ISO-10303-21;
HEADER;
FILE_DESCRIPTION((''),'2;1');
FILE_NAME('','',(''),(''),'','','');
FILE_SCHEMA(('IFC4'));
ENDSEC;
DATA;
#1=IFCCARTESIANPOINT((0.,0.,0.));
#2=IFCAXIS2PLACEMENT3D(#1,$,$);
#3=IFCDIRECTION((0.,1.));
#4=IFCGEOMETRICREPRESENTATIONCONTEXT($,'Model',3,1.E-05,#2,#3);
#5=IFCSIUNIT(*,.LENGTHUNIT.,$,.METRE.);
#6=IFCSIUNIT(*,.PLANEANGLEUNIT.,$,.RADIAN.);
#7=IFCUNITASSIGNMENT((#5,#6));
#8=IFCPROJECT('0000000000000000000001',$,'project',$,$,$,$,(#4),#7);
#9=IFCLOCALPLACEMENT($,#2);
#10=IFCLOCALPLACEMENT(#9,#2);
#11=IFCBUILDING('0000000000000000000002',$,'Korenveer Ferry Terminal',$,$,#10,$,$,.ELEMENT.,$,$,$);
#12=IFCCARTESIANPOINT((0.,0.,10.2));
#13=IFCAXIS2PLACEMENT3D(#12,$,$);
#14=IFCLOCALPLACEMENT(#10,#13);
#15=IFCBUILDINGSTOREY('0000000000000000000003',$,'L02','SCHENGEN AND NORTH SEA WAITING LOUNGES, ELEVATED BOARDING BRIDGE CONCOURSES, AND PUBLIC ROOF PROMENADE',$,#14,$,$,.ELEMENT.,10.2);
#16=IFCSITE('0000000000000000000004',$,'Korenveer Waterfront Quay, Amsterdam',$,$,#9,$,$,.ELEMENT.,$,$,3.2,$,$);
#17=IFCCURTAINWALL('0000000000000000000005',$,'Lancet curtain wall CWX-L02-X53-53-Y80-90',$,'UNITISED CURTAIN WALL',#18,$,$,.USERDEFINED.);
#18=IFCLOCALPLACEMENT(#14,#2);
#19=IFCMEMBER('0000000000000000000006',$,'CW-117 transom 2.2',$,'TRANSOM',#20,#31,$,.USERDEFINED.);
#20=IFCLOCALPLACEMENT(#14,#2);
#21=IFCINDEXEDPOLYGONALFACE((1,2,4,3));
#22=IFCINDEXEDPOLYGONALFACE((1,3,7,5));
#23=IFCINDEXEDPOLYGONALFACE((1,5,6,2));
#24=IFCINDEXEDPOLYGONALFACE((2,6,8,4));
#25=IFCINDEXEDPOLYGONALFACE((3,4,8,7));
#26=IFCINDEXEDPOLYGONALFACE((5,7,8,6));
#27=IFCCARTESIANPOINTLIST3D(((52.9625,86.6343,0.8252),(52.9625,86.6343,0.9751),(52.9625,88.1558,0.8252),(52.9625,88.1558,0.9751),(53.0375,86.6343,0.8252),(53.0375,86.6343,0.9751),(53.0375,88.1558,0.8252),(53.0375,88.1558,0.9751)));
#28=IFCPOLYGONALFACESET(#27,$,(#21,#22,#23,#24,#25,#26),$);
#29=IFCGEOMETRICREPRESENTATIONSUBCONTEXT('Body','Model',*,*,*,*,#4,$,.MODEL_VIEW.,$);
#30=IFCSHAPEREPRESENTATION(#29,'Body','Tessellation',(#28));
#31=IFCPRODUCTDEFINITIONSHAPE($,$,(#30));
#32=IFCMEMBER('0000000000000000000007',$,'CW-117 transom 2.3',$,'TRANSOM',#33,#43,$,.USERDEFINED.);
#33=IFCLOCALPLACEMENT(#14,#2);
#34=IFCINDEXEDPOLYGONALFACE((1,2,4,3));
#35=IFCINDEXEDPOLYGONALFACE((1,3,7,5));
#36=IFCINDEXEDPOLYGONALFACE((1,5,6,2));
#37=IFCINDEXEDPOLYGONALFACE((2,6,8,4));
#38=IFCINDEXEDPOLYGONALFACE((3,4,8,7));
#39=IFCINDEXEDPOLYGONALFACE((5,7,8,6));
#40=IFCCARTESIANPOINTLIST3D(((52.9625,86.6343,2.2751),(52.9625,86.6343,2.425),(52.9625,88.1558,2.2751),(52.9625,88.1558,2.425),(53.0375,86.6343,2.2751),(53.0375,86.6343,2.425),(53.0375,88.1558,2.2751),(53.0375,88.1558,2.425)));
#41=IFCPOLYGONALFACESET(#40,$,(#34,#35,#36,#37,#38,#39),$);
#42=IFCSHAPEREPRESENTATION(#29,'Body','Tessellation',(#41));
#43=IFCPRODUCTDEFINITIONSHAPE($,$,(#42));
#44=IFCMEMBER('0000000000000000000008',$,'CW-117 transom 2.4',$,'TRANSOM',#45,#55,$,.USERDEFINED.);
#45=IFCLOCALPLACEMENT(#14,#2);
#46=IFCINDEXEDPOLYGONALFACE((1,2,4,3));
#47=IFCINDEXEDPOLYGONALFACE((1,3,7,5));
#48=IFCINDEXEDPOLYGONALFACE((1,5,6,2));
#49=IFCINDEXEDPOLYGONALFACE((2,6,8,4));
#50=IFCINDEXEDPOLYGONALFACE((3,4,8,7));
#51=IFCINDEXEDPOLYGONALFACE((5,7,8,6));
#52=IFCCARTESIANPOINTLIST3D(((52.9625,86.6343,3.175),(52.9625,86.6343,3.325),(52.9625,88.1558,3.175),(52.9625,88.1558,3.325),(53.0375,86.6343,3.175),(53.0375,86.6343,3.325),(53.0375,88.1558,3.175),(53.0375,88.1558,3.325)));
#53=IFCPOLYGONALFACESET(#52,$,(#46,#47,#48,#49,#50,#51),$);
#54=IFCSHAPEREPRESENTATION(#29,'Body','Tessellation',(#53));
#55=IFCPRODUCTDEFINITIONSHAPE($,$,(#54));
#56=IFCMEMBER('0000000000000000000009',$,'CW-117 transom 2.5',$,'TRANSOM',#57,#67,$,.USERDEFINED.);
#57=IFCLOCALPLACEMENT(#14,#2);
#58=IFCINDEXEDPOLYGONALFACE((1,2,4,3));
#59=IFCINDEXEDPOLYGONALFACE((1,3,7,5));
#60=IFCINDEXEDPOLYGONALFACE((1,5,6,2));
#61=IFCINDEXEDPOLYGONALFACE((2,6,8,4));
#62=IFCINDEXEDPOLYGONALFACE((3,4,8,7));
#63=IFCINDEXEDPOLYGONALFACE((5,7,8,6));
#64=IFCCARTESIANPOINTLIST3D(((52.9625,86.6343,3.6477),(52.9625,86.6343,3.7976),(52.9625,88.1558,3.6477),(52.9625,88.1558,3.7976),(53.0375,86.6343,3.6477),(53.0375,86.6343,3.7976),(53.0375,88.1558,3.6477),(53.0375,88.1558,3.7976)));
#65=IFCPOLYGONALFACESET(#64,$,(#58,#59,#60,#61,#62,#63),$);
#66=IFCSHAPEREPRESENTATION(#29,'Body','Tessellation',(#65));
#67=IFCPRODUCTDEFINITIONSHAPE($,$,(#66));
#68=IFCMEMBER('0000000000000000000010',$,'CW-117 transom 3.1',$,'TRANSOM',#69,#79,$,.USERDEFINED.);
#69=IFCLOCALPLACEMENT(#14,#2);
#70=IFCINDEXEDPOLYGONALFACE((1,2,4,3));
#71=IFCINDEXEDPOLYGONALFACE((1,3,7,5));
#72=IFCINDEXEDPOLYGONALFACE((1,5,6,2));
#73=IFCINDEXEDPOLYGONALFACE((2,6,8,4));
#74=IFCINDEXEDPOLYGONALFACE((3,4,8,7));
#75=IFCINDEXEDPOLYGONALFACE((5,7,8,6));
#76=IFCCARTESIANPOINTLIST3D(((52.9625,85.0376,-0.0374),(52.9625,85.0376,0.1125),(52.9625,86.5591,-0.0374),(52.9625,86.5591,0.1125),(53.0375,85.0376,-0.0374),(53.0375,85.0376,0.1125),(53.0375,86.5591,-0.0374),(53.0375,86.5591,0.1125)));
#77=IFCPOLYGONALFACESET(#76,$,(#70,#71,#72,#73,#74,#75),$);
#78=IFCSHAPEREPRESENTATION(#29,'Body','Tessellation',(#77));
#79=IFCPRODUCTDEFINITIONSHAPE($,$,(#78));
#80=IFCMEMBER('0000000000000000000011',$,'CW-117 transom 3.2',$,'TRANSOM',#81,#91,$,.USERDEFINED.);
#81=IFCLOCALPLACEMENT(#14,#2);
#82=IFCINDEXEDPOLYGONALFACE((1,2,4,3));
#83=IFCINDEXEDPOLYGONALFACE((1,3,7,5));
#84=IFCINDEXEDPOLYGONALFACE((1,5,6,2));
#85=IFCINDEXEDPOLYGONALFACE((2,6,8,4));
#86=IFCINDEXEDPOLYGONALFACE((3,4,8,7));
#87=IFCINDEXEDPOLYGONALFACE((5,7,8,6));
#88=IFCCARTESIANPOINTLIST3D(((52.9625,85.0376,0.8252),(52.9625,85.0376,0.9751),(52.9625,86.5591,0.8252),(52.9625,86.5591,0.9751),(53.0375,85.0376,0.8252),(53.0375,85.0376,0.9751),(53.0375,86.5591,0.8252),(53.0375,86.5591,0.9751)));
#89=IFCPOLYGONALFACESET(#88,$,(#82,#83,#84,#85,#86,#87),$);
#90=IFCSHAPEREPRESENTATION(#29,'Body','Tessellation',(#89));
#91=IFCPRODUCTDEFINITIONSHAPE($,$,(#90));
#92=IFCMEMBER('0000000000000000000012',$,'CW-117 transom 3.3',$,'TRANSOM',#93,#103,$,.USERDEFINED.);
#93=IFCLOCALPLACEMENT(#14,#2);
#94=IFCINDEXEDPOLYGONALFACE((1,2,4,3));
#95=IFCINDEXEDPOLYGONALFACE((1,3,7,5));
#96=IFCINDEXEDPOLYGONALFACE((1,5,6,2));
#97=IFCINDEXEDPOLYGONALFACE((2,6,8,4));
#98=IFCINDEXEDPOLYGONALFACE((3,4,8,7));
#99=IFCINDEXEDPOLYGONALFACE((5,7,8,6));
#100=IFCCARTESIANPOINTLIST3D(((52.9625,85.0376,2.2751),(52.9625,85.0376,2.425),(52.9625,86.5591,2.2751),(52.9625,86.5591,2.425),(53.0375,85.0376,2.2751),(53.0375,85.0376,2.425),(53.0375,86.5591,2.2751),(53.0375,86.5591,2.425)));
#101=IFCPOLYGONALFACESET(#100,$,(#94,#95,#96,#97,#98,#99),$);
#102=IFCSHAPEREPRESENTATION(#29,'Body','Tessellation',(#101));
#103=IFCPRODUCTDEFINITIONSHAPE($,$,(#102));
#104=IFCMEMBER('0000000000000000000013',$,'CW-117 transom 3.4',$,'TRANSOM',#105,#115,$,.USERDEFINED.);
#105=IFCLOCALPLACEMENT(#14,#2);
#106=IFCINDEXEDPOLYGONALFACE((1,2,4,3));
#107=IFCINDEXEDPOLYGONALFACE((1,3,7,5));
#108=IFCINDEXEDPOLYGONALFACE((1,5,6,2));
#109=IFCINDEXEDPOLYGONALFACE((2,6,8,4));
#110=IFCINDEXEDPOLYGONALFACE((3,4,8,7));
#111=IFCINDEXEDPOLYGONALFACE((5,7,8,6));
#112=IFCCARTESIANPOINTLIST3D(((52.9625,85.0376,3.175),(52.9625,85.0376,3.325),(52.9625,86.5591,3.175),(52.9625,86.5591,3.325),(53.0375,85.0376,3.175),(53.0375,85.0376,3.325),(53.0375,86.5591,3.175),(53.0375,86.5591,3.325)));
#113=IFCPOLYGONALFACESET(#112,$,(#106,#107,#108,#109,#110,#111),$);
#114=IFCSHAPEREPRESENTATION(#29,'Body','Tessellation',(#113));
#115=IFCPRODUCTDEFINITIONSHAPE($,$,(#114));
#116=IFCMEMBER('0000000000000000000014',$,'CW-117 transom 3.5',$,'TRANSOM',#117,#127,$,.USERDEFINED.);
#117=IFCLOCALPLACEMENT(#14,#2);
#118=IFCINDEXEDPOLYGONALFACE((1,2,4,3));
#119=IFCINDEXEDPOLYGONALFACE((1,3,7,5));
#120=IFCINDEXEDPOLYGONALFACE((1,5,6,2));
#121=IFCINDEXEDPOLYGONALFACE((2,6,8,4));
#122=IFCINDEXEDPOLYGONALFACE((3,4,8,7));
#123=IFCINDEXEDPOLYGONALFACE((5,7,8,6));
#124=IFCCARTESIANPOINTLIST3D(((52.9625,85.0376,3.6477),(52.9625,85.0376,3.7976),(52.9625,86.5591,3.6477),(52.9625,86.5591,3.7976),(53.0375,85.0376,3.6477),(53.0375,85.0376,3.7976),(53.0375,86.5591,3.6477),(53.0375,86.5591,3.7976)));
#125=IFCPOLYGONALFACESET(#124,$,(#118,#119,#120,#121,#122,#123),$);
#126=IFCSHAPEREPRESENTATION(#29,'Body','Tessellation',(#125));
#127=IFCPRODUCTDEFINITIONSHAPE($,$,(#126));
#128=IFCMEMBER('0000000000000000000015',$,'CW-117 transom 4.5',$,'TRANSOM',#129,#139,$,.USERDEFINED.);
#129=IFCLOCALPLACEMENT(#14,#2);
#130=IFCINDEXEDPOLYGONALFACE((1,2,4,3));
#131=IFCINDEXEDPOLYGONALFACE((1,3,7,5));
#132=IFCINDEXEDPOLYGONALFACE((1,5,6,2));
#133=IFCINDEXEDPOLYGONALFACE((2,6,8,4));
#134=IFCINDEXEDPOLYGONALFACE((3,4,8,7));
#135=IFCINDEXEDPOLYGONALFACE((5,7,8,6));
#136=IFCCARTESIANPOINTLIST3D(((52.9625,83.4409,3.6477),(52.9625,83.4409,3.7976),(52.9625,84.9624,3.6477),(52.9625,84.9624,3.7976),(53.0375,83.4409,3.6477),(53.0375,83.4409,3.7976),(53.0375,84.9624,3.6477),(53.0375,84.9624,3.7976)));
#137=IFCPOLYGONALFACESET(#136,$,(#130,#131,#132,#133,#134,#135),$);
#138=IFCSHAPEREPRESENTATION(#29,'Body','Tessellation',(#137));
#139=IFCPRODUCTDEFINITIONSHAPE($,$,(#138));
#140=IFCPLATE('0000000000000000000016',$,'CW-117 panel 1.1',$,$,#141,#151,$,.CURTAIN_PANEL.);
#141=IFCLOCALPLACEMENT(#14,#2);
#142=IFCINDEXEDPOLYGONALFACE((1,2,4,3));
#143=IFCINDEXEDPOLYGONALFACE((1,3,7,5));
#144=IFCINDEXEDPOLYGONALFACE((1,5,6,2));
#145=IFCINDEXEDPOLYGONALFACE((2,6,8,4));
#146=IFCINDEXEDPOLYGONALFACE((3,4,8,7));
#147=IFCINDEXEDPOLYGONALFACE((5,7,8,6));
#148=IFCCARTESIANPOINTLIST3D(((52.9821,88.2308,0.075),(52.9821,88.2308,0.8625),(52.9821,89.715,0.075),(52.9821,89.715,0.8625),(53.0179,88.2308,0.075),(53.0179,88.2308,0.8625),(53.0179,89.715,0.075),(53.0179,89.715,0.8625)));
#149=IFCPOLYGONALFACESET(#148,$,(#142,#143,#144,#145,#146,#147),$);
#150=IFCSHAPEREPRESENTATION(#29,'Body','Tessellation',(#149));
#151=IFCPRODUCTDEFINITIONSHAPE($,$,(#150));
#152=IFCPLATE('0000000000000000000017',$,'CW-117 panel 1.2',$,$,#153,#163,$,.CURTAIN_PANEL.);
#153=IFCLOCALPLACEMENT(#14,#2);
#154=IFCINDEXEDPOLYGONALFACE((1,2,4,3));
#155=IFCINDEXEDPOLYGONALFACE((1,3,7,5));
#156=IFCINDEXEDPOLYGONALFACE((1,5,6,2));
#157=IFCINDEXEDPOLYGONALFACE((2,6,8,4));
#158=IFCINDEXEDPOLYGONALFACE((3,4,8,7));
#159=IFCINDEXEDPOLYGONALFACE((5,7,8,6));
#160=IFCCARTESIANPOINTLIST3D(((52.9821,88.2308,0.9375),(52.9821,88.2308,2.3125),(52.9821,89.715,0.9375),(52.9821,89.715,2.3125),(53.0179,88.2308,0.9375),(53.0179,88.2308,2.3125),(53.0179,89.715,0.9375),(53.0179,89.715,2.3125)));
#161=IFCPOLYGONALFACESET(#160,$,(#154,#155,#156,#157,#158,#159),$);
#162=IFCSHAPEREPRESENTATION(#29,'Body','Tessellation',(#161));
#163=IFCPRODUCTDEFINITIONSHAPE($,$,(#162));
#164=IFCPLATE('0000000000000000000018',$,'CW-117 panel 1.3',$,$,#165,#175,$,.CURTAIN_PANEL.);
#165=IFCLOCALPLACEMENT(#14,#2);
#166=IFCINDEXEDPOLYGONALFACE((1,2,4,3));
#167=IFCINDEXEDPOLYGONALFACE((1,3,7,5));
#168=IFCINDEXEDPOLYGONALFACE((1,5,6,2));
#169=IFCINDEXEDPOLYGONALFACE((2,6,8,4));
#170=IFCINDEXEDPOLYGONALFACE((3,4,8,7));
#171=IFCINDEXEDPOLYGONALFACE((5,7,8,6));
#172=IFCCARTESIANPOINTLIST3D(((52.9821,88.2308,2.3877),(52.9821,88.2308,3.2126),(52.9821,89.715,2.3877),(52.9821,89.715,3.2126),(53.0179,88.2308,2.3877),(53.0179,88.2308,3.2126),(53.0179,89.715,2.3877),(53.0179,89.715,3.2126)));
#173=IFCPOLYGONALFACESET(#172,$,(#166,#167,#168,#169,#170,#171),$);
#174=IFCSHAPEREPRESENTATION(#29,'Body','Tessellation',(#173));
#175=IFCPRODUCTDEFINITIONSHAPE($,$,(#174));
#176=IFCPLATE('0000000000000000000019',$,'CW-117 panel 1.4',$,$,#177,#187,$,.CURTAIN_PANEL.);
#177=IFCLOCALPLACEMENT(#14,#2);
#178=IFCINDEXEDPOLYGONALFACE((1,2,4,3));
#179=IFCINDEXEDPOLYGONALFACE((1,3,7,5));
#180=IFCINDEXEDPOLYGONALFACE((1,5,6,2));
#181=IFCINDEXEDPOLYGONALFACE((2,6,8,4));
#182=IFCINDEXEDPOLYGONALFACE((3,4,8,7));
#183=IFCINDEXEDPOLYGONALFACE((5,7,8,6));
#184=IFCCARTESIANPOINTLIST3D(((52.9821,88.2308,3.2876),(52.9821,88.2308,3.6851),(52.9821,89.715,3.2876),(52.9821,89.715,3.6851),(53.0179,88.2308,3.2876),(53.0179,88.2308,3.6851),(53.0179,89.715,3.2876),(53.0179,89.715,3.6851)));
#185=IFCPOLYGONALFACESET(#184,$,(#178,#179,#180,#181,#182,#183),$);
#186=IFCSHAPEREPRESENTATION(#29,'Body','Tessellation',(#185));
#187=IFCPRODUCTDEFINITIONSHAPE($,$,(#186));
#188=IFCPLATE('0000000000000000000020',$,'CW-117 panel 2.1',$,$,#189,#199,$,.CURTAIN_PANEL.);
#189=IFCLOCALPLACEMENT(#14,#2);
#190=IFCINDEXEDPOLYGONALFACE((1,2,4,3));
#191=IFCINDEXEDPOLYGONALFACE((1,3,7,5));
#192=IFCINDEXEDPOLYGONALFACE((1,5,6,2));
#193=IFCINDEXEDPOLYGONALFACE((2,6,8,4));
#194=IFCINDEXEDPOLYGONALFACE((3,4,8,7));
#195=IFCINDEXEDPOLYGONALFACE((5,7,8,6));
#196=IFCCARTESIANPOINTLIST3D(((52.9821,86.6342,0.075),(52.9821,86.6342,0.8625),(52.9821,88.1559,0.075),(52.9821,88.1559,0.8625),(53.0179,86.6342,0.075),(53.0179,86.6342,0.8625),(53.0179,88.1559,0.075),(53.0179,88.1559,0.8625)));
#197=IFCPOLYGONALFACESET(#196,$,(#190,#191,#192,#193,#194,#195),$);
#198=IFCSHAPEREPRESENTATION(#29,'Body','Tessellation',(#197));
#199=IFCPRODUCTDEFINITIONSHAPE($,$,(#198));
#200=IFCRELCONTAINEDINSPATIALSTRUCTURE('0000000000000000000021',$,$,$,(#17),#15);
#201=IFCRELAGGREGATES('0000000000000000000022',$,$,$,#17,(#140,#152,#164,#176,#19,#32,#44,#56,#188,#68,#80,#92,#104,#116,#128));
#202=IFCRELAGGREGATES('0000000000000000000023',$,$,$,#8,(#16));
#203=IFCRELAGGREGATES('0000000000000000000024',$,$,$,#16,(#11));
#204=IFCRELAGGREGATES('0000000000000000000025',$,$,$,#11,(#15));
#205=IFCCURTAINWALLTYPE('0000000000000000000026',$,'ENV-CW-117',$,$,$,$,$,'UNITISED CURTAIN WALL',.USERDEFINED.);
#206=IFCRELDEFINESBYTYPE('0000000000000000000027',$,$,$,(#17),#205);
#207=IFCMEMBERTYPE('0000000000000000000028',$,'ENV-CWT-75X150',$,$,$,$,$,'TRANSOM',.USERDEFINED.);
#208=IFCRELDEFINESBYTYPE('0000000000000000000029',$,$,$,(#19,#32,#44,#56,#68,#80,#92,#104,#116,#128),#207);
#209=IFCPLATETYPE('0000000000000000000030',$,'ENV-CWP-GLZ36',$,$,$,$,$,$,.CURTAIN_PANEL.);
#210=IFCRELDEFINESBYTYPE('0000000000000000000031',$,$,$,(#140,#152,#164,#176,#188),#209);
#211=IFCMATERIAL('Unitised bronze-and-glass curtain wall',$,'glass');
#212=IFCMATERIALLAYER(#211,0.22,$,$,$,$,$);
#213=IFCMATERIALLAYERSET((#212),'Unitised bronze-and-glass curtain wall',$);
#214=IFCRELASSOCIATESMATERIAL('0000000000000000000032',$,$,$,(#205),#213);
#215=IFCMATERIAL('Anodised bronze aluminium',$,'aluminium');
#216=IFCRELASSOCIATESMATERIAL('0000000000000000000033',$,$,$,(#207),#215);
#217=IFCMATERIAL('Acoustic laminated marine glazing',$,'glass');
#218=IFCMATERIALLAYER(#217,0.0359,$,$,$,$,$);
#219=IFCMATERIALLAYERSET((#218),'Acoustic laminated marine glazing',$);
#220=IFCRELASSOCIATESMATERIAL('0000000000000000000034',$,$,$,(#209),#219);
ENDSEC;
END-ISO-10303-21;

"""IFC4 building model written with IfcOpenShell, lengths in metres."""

from ifc_helpers import new_model, si_unit, direction, frame, origin, origin_2d, place, context, subcontext, project, spatial, rectangle, extrude, material, layer, layer_set, material_profile, profile_set, type_object, element, aggregate, save


model = new_model("IFC4")

# Units and contexts
model_context = context("Model", 3, precision=1e-05, world=origin(), true_north=direction((0.0, 1.0)))
body_context = subcontext(model_context, "Body", "Model", "MODEL_VIEW")
ifc_project = project(units=[si_unit("LENGTHUNIT", "METRE"), si_unit("PLANEANGLEUNIT", "RADIAN")], contexts=[model_context])

# Site, building, storey
site_placement = place(None, origin())
site = spatial("IfcSite", under=ifc_project, at=site_placement, Name="Korenveer Waterfront Quay, Amsterdam", CompositionType="ELEMENT", RefElevation=3.2)
building_placement = place(site_placement, origin())
building = spatial("IfcBuilding", under=site, at=building_placement, Name="Korenveer Ferry Terminal", CompositionType="ELEMENT")
storey_placement = place(building_placement, frame((0.0, 0.0, 10.2)))
storey = spatial("IfcBuildingStorey", under=building, at=storey_placement, Name="L02", Description="SCHENGEN AND NORTH SEA WAITING LOUNGES, ELEVATED BOARDING BRIDGE CONCOURSES, AND PUBLIC ROOF PROMENADE", CompositionType="ELEMENT", Elevation=10.2)

# Curtain wall
ifc_material_1 = material(Name="Unitised bronze-and-glass curtain wall", Category="glass")
ifc_layer_1 = layer(ifc_material_1, 0.22)
ifc_layer_set_1 = layer_set([ifc_layer_1], Name="Unitised bronze-and-glass curtain wall")
curtain_wall_type_1 = type_object("IfcCurtainWallType", Name="ENV-CW-117", ElementType="UNITISED CURTAIN WALL", PredefinedType="USERDEFINED", material=ifc_layer_set_1)
curtain_wall_1_placement = place(storey_placement, frame((53.0, 89.79, 0.0)))
curtain_wall_1 = element("IfcCurtainWall", 1, at=curtain_wall_1_placement, inside=storey, type_object=curtain_wall_type_1, Name="Lancet curtain wall CWX-L02-X53-53-Y80-90", ObjectType="UNITISED CURTAIN WALL", PredefinedType="USERDEFINED")
ifc_material_2 = material(Name="Anodised bronze aluminium", Category="aluminium")

# Members
ifc_material_profile_1 = material_profile(ifc_material_2, rectangle(XDim=0.075, YDim=0.1499, at=origin_2d()), Name="ALU 75x150")
ifc_profile_set_1 = profile_set([ifc_material_profile_1], Name="Anodised bronze aluminium")
member_type_1 = type_object("IfcMemberType", Name="ENV-CWT-75X150", ElementType="TRANSOM", PredefinedType="USERDEFINED", material=ifc_profile_set_1)
member_1_placement = place(storey_placement, frame((53.0, 88.1558, 0.9001), z_axis=(0.0, -1.0, 0.0), x_axis=(1.0, 0.0, 0.0)))
member_1 = element("IfcMember", 2, at=member_1_placement, type_object=member_type_1, Name="CW-117 transom 2.2", ObjectType="TRANSOM", PredefinedType="USERDEFINED", context=body_context, shape_type="SweptSolid", body=[
    extrude(rectangle(XDim=0.075, YDim=0.1499, at=origin_2d()), origin(), (0.0, 0.0, 1.0), 1.5215),
])
member_2_placement = place(storey_placement, frame((53.0, 88.1558, 2.3501), z_axis=(0.0, -1.0, 0.0), x_axis=(1.0, 0.0, 0.0)))
member_2 = element("IfcMember", 3, at=member_2_placement, type_object=member_type_1, Name="CW-117 transom 2.3", ObjectType="TRANSOM", PredefinedType="USERDEFINED", context=body_context, shape_type="SweptSolid", body=[
    extrude(rectangle(XDim=0.075, YDim=0.1499, at=origin_2d()), origin(), (0.0, 0.0, 1.0), 1.5215),
])
member_3_placement = place(storey_placement, frame((53.0, 88.1558, 3.25), z_axis=(0.0, -1.0, 0.0), x_axis=(1.0, 0.0, 0.0)))
member_3 = element("IfcMember", 4, at=member_3_placement, type_object=member_type_1, Name="CW-117 transom 2.4", ObjectType="TRANSOM", PredefinedType="USERDEFINED", context=body_context, shape_type="SweptSolid", body=[
    extrude(rectangle(XDim=0.075, YDim=0.1499, at=origin_2d()), origin(), (0.0, 0.0, 1.0), 1.5215),
])
member_4_placement = place(storey_placement, frame((53.0, 88.1558, 3.7227), z_axis=(0.0, -1.0, 0.0), x_axis=(1.0, 0.0, 0.0)))
member_4 = element("IfcMember", 5, at=member_4_placement, type_object=member_type_1, Name="CW-117 transom 2.5", ObjectType="TRANSOM", PredefinedType="USERDEFINED", context=body_context, shape_type="SweptSolid", body=[
    extrude(rectangle(XDim=0.075, YDim=0.1499, at=origin_2d()), origin(), (0.0, 0.0, 1.0), 1.5215),
])
member_5_placement = place(storey_placement, frame((53.0, 86.5591, 0.0376), z_axis=(0.0, -1.0, 0.0), x_axis=(1.0, 0.0, 0.0)))
member_5 = element("IfcMember", 6, at=member_5_placement, type_object=member_type_1, Name="CW-117 transom 3.1", ObjectType="TRANSOM", PredefinedType="USERDEFINED", context=body_context, shape_type="SweptSolid", body=[
    extrude(rectangle(XDim=0.075, YDim=0.1499, at=origin_2d()), origin(), (0.0, 0.0, 1.0), 1.5215),
])
member_6_placement = place(storey_placement, frame((53.0, 86.5591, 0.9001), z_axis=(0.0, -1.0, 0.0), x_axis=(1.0, 0.0, 0.0)))
member_6 = element("IfcMember", 7, at=member_6_placement, type_object=member_type_1, Name="CW-117 transom 3.2", ObjectType="TRANSOM", PredefinedType="USERDEFINED", context=body_context, shape_type="SweptSolid", body=[
    extrude(rectangle(XDim=0.075, YDim=0.1499, at=origin_2d()), origin(), (0.0, 0.0, 1.0), 1.5215),
])
member_7_placement = place(storey_placement, frame((53.0, 86.5591, 2.3501), z_axis=(0.0, -1.0, 0.0), x_axis=(1.0, 0.0, 0.0)))
member_7 = element("IfcMember", 8, at=member_7_placement, type_object=member_type_1, Name="CW-117 transom 3.3", ObjectType="TRANSOM", PredefinedType="USERDEFINED", context=body_context, shape_type="SweptSolid", body=[
    extrude(rectangle(XDim=0.075, YDim=0.1499, at=origin_2d()), origin(), (0.0, 0.0, 1.0), 1.5215),
])
member_8_placement = place(storey_placement, frame((53.0, 86.5591, 3.25), z_axis=(0.0, -1.0, 0.0), x_axis=(1.0, 0.0, 0.0)))
member_8 = element("IfcMember", 9, at=member_8_placement, type_object=member_type_1, Name="CW-117 transom 3.4", ObjectType="TRANSOM", PredefinedType="USERDEFINED", context=body_context, shape_type="SweptSolid", body=[
    extrude(rectangle(XDim=0.075, YDim=0.1499, at=origin_2d()), origin(), (0.0, 0.0, 1.0), 1.5215),
])
member_9_placement = place(storey_placement, frame((53.0, 86.5591, 3.7227), z_axis=(0.0, -1.0, 0.0), x_axis=(1.0, 0.0, 0.0)))
member_9 = element("IfcMember", 10, at=member_9_placement, type_object=member_type_1, Name="CW-117 transom 3.5", ObjectType="TRANSOM", PredefinedType="USERDEFINED", context=body_context, shape_type="SweptSolid", body=[
    extrude(rectangle(XDim=0.075, YDim=0.1499, at=origin_2d()), origin(), (0.0, 0.0, 1.0), 1.5215),
])
member_10_placement = place(storey_placement, frame((53.0, 84.9624, 3.7227), z_axis=(0.0, -1.0, 0.0), x_axis=(1.0, 0.0, 0.0)))
member_10 = element("IfcMember", 11, at=member_10_placement, type_object=member_type_1, Name="CW-117 transom 4.5", ObjectType="TRANSOM", PredefinedType="USERDEFINED", context=body_context, shape_type="SweptSolid", body=[
    extrude(rectangle(XDim=0.075, YDim=0.1499, at=origin_2d()), origin(), (0.0, 0.0, 1.0), 1.5215),
])

# Plates
ifc_material_3 = material(Name="Acoustic laminated marine glazing", Category="glass")
ifc_layer_2 = layer(ifc_material_3, 0.0359)
ifc_layer_set_2 = layer_set([ifc_layer_2], Name="Acoustic laminated marine glazing")
plate_type = type_object("IfcPlateType", Name="ENV-CWP-GLZ36", PredefinedType="CURTAIN_PANEL", material=ifc_layer_set_2)
plate_1_placement = place(storey_placement, frame((53.0, 88.9729, 0.075), z_axis=(0.0, 0.0, 1.0), x_axis=(0.0, -1.0, 0.0)))
plate_1 = element("IfcPlate", 12, at=plate_1_placement, type_object=plate_type, Name="CW-117 panel 1.1", PredefinedType="CURTAIN_PANEL", context=body_context, shape_type="SweptSolid", body=[
    extrude(rectangle(XDim=1.4841, YDim=0.0359, at=origin_2d()), origin(), (0.0, 0.0, 1.0), 0.7876),
])
plate_2_placement = place(storey_placement, frame((53.0, 88.9729, 0.9375), z_axis=(0.0, 0.0, 1.0), x_axis=(0.0, -1.0, 0.0)))
plate_2 = element("IfcPlate", 13, at=plate_2_placement, type_object=plate_type, Name="CW-117 panel 1.2", PredefinedType="CURTAIN_PANEL", context=body_context, shape_type="SweptSolid", body=[
    extrude(rectangle(XDim=1.4841, YDim=0.0359, at=origin_2d()), origin(), (0.0, 0.0, 1.0), 1.375),
])
plate_3_placement = place(storey_placement, frame((53.0, 88.9729, 2.3877), z_axis=(0.0, 0.0, 1.0), x_axis=(0.0, -1.0, 0.0)))
plate_3 = element("IfcPlate", 14, at=plate_3_placement, type_object=plate_type, Name="CW-117 panel 1.3", PredefinedType="CURTAIN_PANEL", context=body_context, shape_type="SweptSolid", body=[
    extrude(rectangle(XDim=1.4841, YDim=0.0359, at=origin_2d()), origin(), (0.0, 0.0, 1.0), 0.825),
])
plate_4_placement = place(storey_placement, frame((53.0, 88.9729, 3.2876), z_axis=(0.0, 0.0, 1.0), x_axis=(0.0, -1.0, 0.0)))
plate_4 = element("IfcPlate", 15, at=plate_4_placement, type_object=plate_type, Name="CW-117 panel 1.4", PredefinedType="CURTAIN_PANEL", context=body_context, shape_type="SweptSolid", body=[
    extrude(rectangle(XDim=1.4841, YDim=0.0359, at=origin_2d()), origin(), (0.0, 0.0, 1.0), 0.3975),
])
plate_5_placement = place(storey_placement, frame((53.0, 87.395, 0.075), z_axis=(0.0, 0.0, 1.0), x_axis=(0.0, -1.0, 0.0)))
plate_5 = element("IfcPlate", 16, at=plate_5_placement, type_object=plate_type, Name="CW-117 panel 2.1", PredefinedType="CURTAIN_PANEL", context=body_context, shape_type="SweptSolid", body=[
    extrude(rectangle(XDim=1.5217, YDim=0.0359, at=origin_2d()), origin(), (0.0, 0.0, 1.0), 0.7876),
])
aggregate(curtain_wall_1, [plate_1, plate_2, plate_3, plate_4, member_1, member_2, member_3, member_4, plate_5, member_5, member_6, member_7, member_8, member_9, member_10])

save(model, "model.ifc")
